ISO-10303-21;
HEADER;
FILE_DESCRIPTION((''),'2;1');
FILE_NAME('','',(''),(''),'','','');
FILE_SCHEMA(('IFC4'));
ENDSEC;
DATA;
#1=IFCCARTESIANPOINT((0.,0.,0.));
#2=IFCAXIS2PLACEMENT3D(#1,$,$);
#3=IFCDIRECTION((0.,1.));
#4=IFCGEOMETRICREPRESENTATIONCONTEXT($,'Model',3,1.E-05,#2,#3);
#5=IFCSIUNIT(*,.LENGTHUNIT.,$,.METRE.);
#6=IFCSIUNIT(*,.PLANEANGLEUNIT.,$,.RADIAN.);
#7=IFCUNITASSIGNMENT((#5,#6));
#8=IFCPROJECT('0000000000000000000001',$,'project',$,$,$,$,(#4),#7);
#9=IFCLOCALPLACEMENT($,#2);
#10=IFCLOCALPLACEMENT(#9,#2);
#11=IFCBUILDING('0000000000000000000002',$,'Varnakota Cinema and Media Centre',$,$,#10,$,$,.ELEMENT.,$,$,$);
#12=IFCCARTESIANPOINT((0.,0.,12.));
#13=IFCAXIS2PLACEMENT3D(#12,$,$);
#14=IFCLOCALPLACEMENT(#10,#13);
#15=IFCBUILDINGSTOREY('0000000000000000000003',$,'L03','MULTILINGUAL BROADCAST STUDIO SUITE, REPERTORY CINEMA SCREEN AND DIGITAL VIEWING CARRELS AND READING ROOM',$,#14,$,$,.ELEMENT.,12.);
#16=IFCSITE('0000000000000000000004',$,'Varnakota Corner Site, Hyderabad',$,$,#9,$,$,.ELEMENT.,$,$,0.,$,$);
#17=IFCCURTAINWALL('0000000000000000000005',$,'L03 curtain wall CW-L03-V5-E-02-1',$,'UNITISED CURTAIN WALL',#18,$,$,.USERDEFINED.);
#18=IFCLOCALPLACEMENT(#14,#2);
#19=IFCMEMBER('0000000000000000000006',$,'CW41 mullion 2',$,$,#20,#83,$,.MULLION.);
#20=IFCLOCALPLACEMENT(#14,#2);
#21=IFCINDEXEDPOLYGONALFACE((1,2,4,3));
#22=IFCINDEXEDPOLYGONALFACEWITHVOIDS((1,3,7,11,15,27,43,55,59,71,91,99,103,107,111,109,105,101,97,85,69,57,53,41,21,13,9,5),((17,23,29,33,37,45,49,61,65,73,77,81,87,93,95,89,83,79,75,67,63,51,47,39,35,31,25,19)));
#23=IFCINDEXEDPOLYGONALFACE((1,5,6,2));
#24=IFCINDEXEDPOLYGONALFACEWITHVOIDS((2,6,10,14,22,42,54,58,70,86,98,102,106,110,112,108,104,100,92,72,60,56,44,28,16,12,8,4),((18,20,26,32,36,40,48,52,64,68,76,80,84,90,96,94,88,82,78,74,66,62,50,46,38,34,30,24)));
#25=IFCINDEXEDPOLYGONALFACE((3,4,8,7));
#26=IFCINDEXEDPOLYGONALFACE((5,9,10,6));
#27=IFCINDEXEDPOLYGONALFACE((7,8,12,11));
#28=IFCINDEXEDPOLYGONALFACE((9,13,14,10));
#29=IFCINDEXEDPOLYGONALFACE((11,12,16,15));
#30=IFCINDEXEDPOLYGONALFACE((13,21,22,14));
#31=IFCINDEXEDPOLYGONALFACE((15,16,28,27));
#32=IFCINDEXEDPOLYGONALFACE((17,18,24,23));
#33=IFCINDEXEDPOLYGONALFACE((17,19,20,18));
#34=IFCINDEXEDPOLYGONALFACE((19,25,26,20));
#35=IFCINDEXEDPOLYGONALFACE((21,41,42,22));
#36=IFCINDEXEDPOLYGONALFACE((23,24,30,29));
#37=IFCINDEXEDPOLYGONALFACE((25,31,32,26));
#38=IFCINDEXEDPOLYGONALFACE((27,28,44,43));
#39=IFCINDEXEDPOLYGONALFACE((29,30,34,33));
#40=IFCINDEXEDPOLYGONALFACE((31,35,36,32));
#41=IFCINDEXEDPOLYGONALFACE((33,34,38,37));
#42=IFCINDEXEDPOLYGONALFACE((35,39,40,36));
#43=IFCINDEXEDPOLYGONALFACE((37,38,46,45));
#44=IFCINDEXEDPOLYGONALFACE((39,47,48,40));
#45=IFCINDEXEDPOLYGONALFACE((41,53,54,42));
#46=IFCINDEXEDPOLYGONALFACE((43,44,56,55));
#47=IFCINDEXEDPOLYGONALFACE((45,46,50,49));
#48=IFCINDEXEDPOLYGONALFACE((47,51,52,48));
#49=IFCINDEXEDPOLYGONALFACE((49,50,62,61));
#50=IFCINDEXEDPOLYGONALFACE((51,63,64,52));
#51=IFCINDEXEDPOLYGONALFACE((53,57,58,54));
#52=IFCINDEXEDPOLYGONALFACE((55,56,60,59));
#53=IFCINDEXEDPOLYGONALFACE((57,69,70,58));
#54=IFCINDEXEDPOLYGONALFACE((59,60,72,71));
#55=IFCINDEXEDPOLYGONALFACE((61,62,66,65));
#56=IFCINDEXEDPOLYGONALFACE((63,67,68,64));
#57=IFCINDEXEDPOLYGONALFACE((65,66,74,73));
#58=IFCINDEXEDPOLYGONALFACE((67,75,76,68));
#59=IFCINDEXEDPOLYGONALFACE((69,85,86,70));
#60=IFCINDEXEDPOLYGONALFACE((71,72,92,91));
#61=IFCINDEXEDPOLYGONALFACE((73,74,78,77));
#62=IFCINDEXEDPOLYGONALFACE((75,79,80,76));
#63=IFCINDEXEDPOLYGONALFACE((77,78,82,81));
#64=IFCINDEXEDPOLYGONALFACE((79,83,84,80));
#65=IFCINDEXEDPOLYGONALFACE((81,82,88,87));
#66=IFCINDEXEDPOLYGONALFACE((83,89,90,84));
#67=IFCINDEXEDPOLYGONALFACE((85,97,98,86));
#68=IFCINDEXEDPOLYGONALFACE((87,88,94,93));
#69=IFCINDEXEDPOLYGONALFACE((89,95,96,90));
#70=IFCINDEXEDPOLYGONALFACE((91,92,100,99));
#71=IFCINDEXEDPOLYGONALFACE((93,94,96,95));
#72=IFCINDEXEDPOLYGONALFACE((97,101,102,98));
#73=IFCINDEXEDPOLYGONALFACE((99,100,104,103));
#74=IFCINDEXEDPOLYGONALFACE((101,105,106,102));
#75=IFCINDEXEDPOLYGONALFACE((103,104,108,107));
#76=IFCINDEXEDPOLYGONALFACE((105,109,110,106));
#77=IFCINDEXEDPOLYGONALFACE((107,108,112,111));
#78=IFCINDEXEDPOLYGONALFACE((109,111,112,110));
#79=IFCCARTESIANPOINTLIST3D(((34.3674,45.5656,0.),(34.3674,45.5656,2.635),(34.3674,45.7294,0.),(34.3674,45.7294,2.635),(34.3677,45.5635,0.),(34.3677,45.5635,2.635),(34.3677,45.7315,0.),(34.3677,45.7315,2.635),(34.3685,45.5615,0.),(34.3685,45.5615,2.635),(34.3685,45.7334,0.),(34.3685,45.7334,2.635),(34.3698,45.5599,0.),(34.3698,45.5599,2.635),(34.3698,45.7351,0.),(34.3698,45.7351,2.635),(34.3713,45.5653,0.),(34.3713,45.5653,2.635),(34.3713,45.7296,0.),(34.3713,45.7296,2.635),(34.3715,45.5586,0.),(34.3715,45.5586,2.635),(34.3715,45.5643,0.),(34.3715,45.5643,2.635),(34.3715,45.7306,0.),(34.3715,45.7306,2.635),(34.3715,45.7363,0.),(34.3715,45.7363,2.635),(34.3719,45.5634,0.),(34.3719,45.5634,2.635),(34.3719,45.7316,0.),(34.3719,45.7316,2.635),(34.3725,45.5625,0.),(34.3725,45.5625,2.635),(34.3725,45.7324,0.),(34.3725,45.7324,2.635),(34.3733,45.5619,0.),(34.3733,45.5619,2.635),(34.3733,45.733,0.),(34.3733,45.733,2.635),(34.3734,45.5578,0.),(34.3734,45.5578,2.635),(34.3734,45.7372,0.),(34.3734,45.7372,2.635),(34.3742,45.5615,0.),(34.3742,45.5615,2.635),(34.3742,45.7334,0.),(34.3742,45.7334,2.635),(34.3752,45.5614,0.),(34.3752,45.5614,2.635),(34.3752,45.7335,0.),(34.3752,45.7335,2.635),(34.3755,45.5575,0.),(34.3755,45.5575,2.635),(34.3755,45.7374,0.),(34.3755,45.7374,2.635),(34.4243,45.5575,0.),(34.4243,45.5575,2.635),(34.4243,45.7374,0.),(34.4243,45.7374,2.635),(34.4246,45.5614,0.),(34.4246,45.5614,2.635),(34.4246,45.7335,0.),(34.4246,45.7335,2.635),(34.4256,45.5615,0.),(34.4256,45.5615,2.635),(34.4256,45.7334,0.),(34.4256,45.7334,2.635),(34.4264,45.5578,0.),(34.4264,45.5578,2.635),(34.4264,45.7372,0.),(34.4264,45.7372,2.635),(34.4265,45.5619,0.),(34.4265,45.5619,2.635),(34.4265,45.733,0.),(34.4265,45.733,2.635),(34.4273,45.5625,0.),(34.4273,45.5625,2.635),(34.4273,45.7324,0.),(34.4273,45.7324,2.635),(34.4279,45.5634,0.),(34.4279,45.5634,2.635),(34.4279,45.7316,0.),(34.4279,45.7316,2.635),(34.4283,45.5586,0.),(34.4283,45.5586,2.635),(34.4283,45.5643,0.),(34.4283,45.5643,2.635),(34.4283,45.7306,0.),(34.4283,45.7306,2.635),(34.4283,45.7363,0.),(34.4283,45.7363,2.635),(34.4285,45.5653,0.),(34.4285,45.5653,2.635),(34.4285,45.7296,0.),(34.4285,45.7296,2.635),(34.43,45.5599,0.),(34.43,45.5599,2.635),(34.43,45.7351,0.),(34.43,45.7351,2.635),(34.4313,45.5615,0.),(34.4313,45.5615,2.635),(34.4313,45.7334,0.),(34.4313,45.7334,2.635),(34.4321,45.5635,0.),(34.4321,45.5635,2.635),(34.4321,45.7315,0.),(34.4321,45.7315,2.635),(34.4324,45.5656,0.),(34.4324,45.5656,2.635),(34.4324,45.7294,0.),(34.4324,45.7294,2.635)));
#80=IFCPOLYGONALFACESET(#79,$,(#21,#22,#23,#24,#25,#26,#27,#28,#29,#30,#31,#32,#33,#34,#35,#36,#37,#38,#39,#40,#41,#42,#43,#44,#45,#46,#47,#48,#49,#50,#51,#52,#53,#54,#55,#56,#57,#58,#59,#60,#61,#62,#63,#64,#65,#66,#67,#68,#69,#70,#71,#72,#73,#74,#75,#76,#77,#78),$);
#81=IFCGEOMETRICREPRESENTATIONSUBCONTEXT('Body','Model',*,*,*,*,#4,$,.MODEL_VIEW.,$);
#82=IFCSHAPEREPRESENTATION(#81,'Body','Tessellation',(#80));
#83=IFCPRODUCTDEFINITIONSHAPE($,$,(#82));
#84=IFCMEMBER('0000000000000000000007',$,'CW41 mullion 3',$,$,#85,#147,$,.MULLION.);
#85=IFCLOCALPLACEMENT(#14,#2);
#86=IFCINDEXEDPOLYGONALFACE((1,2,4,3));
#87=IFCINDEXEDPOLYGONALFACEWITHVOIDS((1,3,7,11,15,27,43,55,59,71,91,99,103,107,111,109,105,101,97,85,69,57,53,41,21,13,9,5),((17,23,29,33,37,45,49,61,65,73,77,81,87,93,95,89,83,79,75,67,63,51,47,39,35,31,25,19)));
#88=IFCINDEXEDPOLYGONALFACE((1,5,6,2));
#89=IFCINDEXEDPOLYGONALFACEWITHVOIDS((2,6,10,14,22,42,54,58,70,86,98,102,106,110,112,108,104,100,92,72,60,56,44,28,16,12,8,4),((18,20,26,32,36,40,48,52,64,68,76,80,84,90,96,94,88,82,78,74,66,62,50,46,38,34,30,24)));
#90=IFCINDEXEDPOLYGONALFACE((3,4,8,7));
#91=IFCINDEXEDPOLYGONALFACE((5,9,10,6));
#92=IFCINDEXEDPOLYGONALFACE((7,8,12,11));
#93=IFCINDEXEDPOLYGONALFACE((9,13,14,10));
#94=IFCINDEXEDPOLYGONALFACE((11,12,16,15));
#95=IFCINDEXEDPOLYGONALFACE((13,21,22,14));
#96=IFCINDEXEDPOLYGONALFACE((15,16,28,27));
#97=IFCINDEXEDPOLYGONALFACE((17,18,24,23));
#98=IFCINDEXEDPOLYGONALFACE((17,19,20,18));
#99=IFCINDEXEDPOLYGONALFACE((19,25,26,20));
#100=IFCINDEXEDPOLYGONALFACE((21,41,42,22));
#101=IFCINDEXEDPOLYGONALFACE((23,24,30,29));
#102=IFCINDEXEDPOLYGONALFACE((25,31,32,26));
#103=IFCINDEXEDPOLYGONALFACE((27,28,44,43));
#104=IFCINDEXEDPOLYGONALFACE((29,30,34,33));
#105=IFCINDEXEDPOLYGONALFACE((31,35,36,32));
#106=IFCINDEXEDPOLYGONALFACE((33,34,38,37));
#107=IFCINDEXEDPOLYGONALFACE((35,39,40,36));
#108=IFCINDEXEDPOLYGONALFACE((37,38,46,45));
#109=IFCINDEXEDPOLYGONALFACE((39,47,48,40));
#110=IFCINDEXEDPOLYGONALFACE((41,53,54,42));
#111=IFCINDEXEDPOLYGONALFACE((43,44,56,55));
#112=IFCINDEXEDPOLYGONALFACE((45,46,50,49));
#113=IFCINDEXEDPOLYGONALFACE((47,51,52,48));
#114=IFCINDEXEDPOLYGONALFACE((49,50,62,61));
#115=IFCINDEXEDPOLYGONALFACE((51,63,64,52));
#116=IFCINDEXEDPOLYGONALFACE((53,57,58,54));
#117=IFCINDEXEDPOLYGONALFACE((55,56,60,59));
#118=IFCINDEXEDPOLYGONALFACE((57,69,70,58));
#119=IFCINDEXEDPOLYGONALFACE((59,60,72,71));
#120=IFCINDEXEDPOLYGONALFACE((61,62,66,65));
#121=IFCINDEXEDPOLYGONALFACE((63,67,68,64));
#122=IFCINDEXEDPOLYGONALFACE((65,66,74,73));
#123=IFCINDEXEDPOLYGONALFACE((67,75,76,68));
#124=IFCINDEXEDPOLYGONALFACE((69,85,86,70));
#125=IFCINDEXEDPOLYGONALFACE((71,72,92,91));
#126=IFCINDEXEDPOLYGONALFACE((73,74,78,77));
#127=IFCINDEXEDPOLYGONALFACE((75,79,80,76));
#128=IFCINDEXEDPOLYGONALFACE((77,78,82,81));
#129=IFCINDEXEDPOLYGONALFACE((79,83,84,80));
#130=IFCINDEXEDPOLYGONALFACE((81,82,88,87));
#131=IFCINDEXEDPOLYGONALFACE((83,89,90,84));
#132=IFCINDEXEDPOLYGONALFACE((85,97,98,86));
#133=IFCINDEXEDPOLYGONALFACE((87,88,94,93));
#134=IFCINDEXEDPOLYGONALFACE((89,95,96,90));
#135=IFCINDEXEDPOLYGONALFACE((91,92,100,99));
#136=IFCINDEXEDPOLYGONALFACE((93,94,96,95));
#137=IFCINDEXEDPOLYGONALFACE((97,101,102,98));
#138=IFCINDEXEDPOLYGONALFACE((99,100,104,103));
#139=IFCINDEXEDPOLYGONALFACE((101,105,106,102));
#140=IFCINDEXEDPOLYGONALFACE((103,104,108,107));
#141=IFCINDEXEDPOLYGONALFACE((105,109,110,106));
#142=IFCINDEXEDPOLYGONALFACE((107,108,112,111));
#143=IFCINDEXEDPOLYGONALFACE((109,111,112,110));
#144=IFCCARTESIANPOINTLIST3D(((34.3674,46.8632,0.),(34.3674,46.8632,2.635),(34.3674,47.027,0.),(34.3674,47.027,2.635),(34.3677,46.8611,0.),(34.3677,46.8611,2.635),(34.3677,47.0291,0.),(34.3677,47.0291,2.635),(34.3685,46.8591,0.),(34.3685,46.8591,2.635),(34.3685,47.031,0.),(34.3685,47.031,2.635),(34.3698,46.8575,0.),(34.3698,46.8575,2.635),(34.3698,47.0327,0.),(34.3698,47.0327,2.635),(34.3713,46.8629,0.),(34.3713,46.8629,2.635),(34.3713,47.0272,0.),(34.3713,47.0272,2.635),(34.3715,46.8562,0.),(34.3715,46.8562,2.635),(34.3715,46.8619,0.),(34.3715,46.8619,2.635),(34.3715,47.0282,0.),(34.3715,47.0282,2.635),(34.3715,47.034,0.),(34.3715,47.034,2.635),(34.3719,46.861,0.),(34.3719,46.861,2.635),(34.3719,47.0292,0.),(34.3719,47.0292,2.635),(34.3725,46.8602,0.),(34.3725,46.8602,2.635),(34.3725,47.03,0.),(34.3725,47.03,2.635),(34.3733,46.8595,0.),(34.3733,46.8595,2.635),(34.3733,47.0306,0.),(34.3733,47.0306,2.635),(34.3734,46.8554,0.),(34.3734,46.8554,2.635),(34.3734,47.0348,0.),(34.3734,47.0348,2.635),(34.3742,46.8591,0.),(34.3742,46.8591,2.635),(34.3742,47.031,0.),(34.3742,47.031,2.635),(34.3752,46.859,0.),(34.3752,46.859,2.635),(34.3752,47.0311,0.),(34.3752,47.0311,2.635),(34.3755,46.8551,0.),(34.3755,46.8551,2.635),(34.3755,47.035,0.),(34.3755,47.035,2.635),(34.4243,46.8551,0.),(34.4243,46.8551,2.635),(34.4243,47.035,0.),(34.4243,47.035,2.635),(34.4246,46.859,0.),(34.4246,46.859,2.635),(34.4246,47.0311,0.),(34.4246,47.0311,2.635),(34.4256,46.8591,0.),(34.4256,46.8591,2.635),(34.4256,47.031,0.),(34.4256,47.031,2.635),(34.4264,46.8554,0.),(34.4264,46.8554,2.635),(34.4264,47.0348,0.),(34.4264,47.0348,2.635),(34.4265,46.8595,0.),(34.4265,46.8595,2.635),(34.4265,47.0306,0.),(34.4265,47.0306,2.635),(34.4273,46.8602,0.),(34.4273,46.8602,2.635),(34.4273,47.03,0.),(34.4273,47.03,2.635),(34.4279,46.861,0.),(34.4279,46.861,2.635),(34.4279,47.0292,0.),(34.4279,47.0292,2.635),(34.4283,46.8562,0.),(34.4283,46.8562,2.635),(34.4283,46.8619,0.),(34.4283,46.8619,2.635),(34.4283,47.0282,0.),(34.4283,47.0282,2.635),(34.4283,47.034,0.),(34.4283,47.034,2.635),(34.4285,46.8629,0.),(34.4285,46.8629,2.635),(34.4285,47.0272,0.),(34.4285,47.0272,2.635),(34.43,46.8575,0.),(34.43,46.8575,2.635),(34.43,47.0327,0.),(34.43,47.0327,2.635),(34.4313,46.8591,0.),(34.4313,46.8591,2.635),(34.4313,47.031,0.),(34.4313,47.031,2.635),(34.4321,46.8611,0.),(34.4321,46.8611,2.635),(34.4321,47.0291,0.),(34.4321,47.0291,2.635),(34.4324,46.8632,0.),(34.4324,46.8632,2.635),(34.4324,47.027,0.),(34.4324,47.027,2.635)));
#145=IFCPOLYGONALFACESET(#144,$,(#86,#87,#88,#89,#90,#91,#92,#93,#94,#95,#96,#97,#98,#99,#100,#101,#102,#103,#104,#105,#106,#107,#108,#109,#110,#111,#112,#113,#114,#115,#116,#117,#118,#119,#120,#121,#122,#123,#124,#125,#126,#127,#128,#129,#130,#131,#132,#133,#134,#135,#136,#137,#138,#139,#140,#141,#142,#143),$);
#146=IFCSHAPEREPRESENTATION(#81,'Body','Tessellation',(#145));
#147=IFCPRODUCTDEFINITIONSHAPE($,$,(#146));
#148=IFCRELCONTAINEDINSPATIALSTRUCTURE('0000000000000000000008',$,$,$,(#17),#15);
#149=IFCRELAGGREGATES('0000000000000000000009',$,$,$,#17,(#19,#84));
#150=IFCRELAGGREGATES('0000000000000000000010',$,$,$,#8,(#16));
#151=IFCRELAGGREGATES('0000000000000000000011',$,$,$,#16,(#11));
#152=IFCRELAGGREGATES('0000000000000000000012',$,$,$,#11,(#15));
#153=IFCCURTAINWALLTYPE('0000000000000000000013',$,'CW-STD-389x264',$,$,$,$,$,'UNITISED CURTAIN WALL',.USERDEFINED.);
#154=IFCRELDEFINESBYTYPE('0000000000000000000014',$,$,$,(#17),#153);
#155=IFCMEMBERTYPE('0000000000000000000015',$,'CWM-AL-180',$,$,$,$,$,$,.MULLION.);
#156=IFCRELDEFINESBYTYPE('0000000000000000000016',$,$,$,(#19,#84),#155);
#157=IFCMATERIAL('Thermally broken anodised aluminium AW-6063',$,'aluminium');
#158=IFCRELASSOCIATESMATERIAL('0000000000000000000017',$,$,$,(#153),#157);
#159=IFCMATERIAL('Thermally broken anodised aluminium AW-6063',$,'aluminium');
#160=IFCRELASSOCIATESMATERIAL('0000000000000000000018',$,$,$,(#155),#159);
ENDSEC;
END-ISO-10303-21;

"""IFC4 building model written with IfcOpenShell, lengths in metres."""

from ifc_helpers import new_model, si_unit, direction, frame, origin, origin_2d, place, context, subcontext, project, spatial, hollow_rectangle, extrude, material, material_profile, profile_set, type_object, element, aggregate, save


model = new_model("IFC4")

# Units and contexts
model_context = context("Model", 3, precision=1e-05, world=origin(), true_north=direction((0.0, 1.0)))
body_context = subcontext(model_context, "Body", "Model", "MODEL_VIEW")
ifc_project = project(units=[si_unit("LENGTHUNIT", "METRE"), si_unit("PLANEANGLEUNIT", "RADIAN")], contexts=[model_context])

# Site, building, storey
site_placement = place(None, origin())
site = spatial("IfcSite", under=ifc_project, at=site_placement, Name="Varnakota Corner Site, Hyderabad", CompositionType="ELEMENT", RefElevation=0.0)
building_placement = place(site_placement, origin())
building = spatial("IfcBuilding", under=site, at=building_placement, Name="Varnakota Cinema and Media Centre", CompositionType="ELEMENT")
storey_placement = place(building_placement, frame((0.0, 0.0, 12.0)))
storey = spatial("IfcBuildingStorey", under=building, at=storey_placement, Name="L03", Description="MULTILINGUAL BROADCAST STUDIO SUITE, REPERTORY CINEMA SCREEN AND DIGITAL VIEWING CARRELS AND READING ROOM", CompositionType="ELEMENT", Elevation=12.0)

# Curtain wall, members
ifc_material_1 = material(Name="Thermally broken anodised aluminium AW-6063", Category="aluminium")
curtain_wall_type = type_object("IfcCurtainWallType", Name="CW-STD-389x264", ElementType="UNITISED CURTAIN WALL", PredefinedType="USERDEFINED", material=ifc_material_1)
curtain_wall_1_placement = place(storey_placement, origin())
curtain_wall_1 = element("IfcCurtainWall", 1, at=curtain_wall_1_placement, inside=storey, type_object=curtain_wall_type, Name="L03 curtain wall CW-L03-V5-E-02-1", ObjectType="UNITISED CURTAIN WALL", PredefinedType="USERDEFINED")
ifc_material_2 = material(Name="Thermally broken anodised aluminium AW-6063", Category="aluminium")
ifc_material_profile_1 = material_profile(ifc_material_2, hollow_rectangle(XDim=0.0649, YDim=0.1799, WallThickness=0.0039, InnerFilletRadius=0.0039, OuterFilletRadius=0.0081, at=origin_2d()), Name="AL-MULLION 180x65x4")
ifc_profile_set_1 = profile_set([ifc_material_profile_1], Name="Thermally broken anodised aluminium AW-6063")
member_type_1 = type_object("IfcMemberType", Name="CWM-AL-180", PredefinedType="MULLION", material=ifc_profile_set_1)
member_1_placement = place(storey_placement, frame((34.3999, 45.6475, 0.0), z_axis=(0.0, 0.0, 1.0), x_axis=(-1.0, 0.0, 0.0)))
member_1 = element("IfcMember", 2, at=member_1_placement, type_object=member_type_1, Name="CW41 mullion 2", PredefinedType="MULLION", context=body_context, shape_type="SweptSolid", body=[
    extrude(hollow_rectangle(XDim=0.0649, YDim=0.1799, WallThickness=0.0039, InnerFilletRadius=0.0039, OuterFilletRadius=0.0081, at=origin_2d()), origin(), (0.0, 0.0, 1.0), 2.635),
])
member_2_placement = place(storey_placement, frame((34.3999, 46.9451, 0.0), z_axis=(0.0, 0.0, 1.0), x_axis=(-1.0, 0.0, 0.0)))
member_2 = element("IfcMember", 3, at=member_2_placement, type_object=member_type_1, Name="CW41 mullion 3", PredefinedType="MULLION", context=body_context, shape_type="SweptSolid", body=[
    extrude(hollow_rectangle(XDim=0.0649, YDim=0.1799, WallThickness=0.0039, InnerFilletRadius=0.0039, OuterFilletRadius=0.0081, at=origin_2d()), origin(), (0.0, 0.0, 1.0), 2.635),
])

aggregate(curtain_wall_1, [member_1, member_2])

save(model, "model.ifc")
